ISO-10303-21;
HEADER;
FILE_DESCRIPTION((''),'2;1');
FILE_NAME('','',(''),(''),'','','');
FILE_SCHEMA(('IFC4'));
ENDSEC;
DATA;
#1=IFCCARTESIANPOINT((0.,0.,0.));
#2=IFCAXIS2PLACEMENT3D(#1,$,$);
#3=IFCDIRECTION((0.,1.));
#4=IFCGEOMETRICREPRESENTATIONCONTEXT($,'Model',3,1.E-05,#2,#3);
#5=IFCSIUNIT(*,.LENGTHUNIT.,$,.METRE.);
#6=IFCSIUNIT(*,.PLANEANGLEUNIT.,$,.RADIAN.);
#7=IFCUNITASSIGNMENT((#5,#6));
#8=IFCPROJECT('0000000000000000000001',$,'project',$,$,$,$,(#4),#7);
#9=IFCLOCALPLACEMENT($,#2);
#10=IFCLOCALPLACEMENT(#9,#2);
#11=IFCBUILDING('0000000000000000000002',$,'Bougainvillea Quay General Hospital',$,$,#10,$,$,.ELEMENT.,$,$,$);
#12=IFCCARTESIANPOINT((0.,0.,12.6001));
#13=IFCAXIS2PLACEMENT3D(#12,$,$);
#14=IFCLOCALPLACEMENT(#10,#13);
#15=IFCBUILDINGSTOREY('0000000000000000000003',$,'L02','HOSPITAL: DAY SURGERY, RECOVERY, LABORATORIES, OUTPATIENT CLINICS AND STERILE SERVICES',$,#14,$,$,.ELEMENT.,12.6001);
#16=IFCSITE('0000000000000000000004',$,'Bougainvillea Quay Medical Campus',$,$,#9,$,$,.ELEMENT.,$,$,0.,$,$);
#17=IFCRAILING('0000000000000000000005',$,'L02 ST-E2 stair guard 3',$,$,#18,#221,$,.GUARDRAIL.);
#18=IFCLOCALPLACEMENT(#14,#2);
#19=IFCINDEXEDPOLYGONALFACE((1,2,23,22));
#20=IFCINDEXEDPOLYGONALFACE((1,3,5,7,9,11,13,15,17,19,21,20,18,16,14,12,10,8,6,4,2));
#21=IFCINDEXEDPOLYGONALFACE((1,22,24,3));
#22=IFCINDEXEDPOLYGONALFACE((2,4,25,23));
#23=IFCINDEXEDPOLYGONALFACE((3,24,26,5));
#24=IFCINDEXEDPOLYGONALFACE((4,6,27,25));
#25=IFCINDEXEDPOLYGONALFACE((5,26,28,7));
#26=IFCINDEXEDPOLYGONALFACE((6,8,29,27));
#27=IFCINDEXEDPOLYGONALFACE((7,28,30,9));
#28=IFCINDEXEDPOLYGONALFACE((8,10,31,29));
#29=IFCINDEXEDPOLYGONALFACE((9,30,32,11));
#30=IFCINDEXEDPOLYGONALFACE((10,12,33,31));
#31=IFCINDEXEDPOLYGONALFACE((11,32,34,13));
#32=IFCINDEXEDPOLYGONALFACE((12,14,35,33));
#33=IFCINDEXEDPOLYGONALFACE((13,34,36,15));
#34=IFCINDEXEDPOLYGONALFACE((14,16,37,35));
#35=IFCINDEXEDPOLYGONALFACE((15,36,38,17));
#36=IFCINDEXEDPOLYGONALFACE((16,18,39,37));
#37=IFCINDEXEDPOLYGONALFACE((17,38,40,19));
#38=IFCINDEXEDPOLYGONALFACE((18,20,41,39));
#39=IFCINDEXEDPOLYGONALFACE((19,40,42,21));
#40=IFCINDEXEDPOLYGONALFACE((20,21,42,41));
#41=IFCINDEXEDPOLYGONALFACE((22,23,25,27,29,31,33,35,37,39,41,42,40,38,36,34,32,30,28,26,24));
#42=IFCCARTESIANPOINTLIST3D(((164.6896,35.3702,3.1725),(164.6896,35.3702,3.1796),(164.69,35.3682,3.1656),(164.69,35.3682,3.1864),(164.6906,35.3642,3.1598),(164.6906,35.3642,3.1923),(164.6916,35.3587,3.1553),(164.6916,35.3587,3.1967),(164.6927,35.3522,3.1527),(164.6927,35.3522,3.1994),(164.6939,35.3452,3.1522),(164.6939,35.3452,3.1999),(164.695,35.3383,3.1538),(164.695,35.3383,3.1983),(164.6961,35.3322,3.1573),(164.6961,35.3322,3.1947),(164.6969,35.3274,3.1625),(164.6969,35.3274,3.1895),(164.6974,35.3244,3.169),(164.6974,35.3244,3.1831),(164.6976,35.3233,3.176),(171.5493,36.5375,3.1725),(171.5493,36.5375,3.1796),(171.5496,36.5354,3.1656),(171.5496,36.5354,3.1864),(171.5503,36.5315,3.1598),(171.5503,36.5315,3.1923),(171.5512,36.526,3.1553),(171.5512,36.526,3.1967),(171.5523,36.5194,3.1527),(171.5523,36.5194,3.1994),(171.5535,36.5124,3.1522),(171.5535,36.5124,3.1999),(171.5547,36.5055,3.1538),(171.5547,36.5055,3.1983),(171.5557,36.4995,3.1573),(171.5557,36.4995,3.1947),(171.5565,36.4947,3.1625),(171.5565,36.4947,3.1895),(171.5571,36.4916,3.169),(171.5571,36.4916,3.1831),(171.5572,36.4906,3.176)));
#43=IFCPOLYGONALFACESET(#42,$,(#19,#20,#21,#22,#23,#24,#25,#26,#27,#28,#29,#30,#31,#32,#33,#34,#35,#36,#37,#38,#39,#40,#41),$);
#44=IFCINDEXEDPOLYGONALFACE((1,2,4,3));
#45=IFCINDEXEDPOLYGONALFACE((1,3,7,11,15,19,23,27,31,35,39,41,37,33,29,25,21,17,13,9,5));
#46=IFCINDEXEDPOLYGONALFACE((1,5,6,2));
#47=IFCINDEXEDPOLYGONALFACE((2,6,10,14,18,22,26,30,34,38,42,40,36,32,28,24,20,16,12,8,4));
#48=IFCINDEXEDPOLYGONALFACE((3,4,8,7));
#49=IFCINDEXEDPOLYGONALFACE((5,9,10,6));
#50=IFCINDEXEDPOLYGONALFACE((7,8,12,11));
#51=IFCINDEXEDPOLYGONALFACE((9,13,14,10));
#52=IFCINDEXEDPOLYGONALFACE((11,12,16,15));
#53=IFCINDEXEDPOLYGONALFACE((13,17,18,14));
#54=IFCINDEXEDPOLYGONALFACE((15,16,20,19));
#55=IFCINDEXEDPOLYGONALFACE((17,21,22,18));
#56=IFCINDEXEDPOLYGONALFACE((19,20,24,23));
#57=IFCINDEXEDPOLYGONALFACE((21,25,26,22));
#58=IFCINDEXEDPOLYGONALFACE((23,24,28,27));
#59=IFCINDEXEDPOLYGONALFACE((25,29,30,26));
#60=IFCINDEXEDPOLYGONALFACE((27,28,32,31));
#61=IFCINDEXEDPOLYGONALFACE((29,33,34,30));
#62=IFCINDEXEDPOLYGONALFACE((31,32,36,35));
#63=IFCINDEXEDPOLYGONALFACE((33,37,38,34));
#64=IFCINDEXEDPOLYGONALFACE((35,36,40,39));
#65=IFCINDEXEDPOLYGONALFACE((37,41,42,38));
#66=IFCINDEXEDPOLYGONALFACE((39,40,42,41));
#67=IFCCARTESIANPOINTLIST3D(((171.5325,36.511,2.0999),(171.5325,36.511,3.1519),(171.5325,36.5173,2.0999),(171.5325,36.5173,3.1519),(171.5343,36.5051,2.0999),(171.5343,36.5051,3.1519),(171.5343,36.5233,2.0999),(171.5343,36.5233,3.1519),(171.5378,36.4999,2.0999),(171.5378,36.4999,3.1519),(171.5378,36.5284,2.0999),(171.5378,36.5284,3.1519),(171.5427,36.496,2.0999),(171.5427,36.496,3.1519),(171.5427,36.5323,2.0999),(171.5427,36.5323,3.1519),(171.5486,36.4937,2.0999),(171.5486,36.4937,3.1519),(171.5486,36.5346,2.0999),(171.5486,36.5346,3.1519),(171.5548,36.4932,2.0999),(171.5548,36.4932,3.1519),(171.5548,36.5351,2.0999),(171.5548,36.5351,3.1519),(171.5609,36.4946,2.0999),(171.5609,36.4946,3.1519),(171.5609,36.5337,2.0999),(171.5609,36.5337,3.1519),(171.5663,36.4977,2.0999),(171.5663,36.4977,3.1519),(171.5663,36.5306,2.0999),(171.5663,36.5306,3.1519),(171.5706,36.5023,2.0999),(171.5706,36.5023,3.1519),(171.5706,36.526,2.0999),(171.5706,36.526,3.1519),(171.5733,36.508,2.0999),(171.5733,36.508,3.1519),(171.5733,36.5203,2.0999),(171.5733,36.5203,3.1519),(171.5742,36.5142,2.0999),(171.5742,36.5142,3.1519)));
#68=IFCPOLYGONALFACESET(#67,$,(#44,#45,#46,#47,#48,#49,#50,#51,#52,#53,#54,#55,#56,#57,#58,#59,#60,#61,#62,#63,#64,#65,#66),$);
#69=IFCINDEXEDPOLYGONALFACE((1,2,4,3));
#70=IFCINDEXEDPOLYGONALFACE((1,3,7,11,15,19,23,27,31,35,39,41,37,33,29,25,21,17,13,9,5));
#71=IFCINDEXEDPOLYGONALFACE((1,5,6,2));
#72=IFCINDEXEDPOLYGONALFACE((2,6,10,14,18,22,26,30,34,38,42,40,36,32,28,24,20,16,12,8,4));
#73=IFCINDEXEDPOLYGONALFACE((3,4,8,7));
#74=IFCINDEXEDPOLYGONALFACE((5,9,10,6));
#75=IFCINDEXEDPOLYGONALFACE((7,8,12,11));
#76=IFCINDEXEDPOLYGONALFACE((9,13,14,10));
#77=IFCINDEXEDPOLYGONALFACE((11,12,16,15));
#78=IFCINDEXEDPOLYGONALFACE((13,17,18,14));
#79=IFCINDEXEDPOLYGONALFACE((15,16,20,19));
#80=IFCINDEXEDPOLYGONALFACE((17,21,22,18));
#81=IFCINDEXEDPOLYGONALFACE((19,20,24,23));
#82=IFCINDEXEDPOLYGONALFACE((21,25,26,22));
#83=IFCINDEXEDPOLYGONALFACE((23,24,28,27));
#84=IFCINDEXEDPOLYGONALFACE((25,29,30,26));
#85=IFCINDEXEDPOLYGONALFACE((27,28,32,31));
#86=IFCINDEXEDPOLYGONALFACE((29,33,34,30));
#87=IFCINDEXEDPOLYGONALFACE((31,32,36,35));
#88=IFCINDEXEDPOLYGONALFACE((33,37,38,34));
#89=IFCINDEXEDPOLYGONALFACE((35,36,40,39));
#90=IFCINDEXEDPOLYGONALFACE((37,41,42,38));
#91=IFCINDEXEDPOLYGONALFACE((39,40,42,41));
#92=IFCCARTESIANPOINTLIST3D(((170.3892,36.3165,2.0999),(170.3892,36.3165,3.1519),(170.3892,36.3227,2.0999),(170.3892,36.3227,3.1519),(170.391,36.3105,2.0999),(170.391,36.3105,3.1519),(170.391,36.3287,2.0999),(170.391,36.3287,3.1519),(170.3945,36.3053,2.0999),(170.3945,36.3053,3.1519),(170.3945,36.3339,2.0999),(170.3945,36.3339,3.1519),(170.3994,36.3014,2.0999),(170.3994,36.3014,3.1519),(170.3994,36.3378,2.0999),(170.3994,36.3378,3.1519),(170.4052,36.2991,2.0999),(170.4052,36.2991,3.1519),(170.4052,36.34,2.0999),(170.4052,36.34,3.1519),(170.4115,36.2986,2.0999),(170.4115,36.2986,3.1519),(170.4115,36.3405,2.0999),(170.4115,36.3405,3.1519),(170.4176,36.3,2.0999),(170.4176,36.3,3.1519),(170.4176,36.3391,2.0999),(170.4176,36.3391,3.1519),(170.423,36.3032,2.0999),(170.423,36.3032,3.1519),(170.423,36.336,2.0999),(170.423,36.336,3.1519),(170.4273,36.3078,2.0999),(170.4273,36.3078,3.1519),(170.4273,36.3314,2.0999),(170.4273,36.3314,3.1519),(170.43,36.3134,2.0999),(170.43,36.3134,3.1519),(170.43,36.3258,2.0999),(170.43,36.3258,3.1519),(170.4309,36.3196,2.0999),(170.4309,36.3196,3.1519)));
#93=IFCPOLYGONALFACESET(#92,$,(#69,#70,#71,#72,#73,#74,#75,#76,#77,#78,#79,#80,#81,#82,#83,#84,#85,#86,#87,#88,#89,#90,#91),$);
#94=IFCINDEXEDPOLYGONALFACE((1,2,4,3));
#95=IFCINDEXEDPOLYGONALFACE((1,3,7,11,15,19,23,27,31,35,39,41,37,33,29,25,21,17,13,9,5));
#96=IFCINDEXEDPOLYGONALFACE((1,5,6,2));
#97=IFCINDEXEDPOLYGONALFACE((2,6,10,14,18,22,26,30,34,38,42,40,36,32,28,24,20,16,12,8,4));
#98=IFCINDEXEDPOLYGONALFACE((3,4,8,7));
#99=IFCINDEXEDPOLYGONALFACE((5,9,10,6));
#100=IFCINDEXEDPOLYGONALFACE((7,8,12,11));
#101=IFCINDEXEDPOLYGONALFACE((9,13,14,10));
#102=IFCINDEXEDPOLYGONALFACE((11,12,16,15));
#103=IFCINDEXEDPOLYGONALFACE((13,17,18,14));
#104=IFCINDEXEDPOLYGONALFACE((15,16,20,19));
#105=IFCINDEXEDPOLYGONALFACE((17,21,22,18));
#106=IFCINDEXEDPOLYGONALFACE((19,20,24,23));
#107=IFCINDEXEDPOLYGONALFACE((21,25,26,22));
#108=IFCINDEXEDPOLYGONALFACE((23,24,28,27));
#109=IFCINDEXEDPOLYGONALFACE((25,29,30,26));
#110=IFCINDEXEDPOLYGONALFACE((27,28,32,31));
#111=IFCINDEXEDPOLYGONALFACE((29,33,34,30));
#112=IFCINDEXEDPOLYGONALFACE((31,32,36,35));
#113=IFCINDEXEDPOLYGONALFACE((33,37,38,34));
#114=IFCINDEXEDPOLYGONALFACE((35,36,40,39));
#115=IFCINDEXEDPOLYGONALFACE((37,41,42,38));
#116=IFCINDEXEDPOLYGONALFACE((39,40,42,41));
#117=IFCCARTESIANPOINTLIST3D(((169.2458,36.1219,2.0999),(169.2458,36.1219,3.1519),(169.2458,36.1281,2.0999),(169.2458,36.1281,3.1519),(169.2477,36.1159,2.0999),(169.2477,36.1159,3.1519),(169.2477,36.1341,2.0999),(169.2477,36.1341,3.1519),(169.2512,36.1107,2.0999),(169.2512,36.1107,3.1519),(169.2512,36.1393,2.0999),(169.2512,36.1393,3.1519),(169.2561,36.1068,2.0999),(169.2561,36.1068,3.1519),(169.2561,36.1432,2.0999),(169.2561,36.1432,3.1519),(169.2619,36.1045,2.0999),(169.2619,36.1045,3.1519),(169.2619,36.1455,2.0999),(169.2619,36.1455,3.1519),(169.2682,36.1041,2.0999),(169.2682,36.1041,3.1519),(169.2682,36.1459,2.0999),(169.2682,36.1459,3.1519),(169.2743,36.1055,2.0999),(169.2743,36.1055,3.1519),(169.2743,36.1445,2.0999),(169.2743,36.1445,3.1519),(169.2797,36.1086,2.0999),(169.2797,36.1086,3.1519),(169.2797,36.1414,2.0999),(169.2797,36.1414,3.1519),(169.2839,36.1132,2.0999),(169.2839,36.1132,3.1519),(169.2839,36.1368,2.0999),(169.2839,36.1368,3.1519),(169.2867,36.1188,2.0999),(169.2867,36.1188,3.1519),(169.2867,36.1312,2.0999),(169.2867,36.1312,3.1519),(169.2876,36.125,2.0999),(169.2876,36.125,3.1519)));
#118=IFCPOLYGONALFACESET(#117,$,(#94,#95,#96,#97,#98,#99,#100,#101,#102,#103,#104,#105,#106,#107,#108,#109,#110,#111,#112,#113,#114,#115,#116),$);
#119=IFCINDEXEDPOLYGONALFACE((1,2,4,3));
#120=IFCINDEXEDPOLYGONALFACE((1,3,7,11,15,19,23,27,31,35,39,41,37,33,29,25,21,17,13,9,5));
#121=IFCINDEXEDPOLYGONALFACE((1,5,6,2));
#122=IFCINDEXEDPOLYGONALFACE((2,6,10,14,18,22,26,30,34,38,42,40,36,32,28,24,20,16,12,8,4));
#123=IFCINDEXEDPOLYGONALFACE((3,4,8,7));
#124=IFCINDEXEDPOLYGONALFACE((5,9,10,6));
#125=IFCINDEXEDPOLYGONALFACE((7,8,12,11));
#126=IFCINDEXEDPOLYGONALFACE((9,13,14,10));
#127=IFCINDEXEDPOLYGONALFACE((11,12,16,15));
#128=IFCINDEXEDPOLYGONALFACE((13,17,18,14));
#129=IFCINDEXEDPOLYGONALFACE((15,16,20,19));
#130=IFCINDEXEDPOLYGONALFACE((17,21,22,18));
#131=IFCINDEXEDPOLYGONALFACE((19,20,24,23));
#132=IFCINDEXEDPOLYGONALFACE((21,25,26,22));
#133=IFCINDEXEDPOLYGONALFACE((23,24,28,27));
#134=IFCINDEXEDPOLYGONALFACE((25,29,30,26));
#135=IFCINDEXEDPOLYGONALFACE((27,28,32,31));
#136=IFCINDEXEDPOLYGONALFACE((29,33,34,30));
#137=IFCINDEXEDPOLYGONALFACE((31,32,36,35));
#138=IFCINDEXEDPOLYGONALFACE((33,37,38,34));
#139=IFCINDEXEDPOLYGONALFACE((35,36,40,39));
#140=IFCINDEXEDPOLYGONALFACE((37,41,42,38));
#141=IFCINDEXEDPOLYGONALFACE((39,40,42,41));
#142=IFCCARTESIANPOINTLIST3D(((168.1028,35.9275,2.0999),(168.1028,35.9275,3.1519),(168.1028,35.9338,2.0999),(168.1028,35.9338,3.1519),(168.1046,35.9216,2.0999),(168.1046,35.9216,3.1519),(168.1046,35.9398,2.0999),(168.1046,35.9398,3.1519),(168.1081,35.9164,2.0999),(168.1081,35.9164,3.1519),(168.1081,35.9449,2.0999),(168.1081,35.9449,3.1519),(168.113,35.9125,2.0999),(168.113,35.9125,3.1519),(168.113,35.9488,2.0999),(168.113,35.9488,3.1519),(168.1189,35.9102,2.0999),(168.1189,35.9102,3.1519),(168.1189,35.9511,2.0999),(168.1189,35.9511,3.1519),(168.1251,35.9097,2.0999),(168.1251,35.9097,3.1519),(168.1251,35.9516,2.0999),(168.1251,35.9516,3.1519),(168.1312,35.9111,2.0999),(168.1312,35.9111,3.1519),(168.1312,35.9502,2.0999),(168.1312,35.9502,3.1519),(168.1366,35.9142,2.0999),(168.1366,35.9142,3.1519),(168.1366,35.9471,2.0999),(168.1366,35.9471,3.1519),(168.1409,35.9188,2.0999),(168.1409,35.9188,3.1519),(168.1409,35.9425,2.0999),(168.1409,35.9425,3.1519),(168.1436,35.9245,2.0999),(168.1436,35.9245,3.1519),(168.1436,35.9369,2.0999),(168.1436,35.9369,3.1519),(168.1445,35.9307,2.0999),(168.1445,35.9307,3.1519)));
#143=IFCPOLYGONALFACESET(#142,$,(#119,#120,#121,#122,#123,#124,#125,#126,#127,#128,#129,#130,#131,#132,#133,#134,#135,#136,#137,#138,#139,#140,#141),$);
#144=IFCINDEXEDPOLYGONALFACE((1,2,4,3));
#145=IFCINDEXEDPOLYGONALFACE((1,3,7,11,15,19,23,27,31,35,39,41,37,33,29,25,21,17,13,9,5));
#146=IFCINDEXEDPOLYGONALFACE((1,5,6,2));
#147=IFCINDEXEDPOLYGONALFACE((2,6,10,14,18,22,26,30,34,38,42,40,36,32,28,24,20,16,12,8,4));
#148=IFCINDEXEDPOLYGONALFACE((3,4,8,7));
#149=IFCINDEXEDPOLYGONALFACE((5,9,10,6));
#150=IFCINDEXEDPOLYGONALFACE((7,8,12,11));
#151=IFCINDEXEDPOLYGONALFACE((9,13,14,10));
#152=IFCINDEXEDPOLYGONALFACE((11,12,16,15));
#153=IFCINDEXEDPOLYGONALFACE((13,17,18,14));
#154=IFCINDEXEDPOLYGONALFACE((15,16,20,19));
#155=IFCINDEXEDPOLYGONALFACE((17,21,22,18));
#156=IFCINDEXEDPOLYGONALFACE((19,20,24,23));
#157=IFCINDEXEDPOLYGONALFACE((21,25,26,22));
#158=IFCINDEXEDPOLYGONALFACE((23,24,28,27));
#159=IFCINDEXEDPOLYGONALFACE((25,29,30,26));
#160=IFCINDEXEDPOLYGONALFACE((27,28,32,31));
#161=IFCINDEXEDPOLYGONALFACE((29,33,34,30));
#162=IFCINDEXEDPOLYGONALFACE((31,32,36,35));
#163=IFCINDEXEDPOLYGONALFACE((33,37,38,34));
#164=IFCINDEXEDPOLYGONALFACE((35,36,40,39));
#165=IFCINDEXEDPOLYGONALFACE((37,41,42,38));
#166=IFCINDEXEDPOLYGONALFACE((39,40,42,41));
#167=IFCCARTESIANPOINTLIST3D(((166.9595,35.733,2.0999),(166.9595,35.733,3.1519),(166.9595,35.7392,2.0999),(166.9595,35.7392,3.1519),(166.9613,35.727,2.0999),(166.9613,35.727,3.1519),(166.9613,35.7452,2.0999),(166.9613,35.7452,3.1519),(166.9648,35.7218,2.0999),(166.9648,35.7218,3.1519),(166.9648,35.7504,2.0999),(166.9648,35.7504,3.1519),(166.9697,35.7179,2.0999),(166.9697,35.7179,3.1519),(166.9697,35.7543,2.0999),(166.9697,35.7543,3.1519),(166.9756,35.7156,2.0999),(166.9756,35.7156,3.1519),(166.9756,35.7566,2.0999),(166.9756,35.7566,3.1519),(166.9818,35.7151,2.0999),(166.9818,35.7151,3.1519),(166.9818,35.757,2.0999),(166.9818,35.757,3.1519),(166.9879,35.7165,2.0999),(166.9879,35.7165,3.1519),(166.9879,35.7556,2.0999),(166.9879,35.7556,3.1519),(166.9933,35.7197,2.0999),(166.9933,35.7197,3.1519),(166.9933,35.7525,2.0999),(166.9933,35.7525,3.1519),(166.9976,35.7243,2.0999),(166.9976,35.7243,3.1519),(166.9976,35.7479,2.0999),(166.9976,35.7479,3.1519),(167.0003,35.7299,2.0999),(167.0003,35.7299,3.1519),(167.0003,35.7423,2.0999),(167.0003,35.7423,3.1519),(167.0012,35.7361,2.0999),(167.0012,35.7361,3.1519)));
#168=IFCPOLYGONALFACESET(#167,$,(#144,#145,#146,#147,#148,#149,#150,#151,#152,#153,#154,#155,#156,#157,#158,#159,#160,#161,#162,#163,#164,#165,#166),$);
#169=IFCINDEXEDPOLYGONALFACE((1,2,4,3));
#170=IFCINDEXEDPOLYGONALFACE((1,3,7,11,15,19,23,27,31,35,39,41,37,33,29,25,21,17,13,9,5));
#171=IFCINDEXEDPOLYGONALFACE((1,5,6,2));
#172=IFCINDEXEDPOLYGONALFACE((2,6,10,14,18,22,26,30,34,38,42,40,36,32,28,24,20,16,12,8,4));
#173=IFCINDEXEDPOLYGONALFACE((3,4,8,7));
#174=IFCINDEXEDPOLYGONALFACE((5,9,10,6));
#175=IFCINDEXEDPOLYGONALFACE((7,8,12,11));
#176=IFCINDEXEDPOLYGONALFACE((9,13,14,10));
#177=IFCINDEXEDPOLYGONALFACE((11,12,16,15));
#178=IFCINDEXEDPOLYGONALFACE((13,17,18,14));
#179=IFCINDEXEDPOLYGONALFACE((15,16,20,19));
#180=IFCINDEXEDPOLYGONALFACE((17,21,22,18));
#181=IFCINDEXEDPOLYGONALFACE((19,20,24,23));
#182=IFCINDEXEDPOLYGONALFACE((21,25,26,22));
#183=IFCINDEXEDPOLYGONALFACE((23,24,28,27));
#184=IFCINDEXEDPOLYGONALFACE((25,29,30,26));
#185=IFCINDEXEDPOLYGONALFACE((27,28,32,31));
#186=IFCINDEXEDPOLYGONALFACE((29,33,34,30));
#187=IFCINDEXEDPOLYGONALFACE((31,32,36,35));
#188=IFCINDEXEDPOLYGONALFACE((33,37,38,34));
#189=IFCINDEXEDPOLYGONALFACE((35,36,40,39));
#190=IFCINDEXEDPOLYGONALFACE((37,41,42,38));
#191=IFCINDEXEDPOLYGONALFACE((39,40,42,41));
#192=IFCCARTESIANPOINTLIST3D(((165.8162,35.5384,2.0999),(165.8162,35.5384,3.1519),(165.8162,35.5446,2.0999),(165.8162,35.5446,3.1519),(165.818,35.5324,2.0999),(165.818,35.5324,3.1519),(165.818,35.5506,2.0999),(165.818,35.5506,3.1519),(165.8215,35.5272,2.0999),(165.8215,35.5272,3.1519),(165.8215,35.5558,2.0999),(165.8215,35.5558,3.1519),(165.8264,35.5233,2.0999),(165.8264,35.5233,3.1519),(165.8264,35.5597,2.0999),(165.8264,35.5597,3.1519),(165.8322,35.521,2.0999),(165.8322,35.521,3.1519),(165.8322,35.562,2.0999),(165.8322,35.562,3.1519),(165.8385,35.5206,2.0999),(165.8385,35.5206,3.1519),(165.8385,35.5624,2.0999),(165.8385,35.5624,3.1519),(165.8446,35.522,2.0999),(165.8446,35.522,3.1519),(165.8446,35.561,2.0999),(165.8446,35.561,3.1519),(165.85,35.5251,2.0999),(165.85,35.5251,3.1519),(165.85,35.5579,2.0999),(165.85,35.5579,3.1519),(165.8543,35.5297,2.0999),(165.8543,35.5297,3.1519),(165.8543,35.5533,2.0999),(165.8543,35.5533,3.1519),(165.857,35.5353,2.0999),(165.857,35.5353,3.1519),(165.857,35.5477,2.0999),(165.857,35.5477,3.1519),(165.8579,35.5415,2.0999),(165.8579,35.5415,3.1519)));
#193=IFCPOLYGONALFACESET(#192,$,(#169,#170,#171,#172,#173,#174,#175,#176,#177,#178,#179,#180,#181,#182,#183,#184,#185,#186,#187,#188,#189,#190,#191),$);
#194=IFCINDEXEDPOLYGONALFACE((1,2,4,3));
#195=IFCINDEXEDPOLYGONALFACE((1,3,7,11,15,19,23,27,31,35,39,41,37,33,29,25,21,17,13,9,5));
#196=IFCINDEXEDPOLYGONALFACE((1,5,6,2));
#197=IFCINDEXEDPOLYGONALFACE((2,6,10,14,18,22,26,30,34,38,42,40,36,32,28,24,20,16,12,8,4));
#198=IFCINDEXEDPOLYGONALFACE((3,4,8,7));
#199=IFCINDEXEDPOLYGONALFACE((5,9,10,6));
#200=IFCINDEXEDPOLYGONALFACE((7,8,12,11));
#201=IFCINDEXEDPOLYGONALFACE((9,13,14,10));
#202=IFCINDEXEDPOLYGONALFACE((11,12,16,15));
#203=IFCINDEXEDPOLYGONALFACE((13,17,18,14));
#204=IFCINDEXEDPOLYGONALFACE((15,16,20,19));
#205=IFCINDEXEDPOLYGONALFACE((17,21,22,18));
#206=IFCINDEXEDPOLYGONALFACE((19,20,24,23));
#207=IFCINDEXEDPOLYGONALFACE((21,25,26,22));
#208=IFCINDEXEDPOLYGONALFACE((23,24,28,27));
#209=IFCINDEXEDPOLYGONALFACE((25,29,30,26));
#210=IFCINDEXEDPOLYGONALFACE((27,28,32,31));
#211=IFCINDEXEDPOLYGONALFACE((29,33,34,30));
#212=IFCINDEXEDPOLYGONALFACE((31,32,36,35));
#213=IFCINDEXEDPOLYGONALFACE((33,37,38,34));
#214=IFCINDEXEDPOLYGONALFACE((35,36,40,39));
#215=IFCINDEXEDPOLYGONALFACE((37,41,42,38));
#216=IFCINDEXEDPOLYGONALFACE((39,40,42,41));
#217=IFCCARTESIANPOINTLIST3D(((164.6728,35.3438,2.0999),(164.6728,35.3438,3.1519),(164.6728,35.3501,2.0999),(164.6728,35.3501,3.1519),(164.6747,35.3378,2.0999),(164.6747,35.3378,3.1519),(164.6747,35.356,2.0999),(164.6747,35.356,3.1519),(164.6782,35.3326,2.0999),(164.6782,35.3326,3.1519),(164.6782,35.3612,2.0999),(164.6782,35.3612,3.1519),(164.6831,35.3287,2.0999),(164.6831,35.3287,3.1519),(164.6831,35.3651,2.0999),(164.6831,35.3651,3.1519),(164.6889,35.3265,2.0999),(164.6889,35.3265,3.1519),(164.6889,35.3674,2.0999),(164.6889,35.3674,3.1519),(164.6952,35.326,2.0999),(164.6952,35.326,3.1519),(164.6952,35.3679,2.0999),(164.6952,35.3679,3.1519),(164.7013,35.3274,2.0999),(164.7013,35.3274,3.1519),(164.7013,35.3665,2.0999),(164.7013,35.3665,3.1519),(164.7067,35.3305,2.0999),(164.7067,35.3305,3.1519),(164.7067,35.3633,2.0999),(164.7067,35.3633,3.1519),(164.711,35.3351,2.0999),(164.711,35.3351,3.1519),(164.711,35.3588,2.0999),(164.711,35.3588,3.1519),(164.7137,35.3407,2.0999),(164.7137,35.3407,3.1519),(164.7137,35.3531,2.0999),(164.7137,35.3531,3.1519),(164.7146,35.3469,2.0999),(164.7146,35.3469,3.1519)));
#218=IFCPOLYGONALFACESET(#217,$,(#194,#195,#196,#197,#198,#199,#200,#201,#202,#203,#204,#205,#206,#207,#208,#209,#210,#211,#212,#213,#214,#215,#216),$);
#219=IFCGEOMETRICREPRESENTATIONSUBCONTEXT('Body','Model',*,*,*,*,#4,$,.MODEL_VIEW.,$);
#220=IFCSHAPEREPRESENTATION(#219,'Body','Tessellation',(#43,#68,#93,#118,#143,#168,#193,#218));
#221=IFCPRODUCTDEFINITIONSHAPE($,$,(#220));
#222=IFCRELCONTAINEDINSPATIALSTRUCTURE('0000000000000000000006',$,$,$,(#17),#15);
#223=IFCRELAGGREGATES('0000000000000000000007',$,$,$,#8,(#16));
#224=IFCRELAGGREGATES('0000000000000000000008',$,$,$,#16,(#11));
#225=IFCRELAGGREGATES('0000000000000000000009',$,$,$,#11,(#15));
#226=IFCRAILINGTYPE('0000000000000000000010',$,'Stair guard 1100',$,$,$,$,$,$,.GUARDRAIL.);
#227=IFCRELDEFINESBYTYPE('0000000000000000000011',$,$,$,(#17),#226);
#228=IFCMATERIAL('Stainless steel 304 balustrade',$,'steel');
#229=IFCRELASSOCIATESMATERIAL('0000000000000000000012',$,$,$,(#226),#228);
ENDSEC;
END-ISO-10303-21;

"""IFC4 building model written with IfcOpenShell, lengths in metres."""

from ifc_helpers import new_model, si_unit, direction, frame, origin, origin_2d, place, context, subcontext, project, spatial, circle, extrude, material, type_object, element, save


model = new_model("IFC4")

# Units and contexts
model_context = context("Model", 3, precision=1e-05, world=origin(), true_north=direction((0.0, 1.0)))
body_context = subcontext(model_context, "Body", "Model", "MODEL_VIEW")
ifc_project = project(units=[si_unit("LENGTHUNIT", "METRE"), si_unit("PLANEANGLEUNIT", "RADIAN")], contexts=[model_context])

# Site, building, storey
site_placement = place(None, origin())
site = spatial("IfcSite", under=ifc_project, at=site_placement, Name="Bougainvillea Quay Medical Campus", CompositionType="ELEMENT", RefElevation=0.0)
building_placement = place(site_placement, origin())
building = spatial("IfcBuilding", under=site, at=building_placement, Name="Bougainvillea Quay General Hospital", CompositionType="ELEMENT")
storey_placement = place(building_placement, frame((0.0, 0.0, 12.6001)))
storey = spatial("IfcBuildingStorey", under=building, at=storey_placement, Name="L02", Description="HOSPITAL: DAY SURGERY, RECOVERY, LABORATORIES, OUTPATIENT CLINICS AND STERILE SERVICES", CompositionType="ELEMENT", Elevation=12.6001)

# Railing
ifc_material_1 = material(Name="Stainless steel 304 balustrade", Category="steel")
railing_type = type_object("IfcRailingType", Name="Stair guard 1100", PredefinedType="GUARDRAIL", material=ifc_material_1)
railing_1_placement = place(storey_placement, frame((171.5532, 36.5142, 2.0999)))
element("IfcRailing", 1, at=railing_1_placement, inside=storey, type_object=railing_type, Name="L02 ST-E2 stair guard 3", PredefinedType="GUARDRAIL", context=body_context, shape_type="SweptSolid", body=[
    extrude(circle(Radius=0.0239, at=origin_2d()), frame((0.0, 0.0, 1.0762), z_axis=(-0.98583, -0.167749, 0.0), x_axis=(0.167749, -0.98583, 0.0)), (0.0, 0.0, 1.0), 6.9583),
    extrude(circle(Radius=0.021, at=origin_2d()), origin(), (0.0, 0.0, 1.0), 1.052),
    extrude(circle(Radius=0.021, at=origin_2d()), frame((-1.1433, -0.1946, 0.0)), (0.0, 0.0, 1.0), 1.052),
    extrude(circle(Radius=0.021, at=origin_2d()), frame((-2.2866, -0.3892, 0.0)), (0.0, 0.0, 1.0), 1.052),
    extrude(circle(Radius=0.021, at=origin_2d()), frame((-3.4297, -0.5835, 0.0)), (0.0, 0.0, 1.0), 1.052),
    extrude(circle(Radius=0.021, at=origin_2d()), frame((-4.573, -0.7781, 0.0)), (0.0, 0.0, 1.0), 1.052),
    extrude(circle(Radius=0.021, at=origin_2d()), frame((-5.7163, -0.9727, 0.0)), (0.0, 0.0, 1.0), 1.052),
    extrude(circle(Radius=0.021, at=origin_2d()), frame((-6.8596, -1.1672, 0.0)), (0.0, 0.0, 1.0), 1.052),
])

save(model, "model.ifc")
